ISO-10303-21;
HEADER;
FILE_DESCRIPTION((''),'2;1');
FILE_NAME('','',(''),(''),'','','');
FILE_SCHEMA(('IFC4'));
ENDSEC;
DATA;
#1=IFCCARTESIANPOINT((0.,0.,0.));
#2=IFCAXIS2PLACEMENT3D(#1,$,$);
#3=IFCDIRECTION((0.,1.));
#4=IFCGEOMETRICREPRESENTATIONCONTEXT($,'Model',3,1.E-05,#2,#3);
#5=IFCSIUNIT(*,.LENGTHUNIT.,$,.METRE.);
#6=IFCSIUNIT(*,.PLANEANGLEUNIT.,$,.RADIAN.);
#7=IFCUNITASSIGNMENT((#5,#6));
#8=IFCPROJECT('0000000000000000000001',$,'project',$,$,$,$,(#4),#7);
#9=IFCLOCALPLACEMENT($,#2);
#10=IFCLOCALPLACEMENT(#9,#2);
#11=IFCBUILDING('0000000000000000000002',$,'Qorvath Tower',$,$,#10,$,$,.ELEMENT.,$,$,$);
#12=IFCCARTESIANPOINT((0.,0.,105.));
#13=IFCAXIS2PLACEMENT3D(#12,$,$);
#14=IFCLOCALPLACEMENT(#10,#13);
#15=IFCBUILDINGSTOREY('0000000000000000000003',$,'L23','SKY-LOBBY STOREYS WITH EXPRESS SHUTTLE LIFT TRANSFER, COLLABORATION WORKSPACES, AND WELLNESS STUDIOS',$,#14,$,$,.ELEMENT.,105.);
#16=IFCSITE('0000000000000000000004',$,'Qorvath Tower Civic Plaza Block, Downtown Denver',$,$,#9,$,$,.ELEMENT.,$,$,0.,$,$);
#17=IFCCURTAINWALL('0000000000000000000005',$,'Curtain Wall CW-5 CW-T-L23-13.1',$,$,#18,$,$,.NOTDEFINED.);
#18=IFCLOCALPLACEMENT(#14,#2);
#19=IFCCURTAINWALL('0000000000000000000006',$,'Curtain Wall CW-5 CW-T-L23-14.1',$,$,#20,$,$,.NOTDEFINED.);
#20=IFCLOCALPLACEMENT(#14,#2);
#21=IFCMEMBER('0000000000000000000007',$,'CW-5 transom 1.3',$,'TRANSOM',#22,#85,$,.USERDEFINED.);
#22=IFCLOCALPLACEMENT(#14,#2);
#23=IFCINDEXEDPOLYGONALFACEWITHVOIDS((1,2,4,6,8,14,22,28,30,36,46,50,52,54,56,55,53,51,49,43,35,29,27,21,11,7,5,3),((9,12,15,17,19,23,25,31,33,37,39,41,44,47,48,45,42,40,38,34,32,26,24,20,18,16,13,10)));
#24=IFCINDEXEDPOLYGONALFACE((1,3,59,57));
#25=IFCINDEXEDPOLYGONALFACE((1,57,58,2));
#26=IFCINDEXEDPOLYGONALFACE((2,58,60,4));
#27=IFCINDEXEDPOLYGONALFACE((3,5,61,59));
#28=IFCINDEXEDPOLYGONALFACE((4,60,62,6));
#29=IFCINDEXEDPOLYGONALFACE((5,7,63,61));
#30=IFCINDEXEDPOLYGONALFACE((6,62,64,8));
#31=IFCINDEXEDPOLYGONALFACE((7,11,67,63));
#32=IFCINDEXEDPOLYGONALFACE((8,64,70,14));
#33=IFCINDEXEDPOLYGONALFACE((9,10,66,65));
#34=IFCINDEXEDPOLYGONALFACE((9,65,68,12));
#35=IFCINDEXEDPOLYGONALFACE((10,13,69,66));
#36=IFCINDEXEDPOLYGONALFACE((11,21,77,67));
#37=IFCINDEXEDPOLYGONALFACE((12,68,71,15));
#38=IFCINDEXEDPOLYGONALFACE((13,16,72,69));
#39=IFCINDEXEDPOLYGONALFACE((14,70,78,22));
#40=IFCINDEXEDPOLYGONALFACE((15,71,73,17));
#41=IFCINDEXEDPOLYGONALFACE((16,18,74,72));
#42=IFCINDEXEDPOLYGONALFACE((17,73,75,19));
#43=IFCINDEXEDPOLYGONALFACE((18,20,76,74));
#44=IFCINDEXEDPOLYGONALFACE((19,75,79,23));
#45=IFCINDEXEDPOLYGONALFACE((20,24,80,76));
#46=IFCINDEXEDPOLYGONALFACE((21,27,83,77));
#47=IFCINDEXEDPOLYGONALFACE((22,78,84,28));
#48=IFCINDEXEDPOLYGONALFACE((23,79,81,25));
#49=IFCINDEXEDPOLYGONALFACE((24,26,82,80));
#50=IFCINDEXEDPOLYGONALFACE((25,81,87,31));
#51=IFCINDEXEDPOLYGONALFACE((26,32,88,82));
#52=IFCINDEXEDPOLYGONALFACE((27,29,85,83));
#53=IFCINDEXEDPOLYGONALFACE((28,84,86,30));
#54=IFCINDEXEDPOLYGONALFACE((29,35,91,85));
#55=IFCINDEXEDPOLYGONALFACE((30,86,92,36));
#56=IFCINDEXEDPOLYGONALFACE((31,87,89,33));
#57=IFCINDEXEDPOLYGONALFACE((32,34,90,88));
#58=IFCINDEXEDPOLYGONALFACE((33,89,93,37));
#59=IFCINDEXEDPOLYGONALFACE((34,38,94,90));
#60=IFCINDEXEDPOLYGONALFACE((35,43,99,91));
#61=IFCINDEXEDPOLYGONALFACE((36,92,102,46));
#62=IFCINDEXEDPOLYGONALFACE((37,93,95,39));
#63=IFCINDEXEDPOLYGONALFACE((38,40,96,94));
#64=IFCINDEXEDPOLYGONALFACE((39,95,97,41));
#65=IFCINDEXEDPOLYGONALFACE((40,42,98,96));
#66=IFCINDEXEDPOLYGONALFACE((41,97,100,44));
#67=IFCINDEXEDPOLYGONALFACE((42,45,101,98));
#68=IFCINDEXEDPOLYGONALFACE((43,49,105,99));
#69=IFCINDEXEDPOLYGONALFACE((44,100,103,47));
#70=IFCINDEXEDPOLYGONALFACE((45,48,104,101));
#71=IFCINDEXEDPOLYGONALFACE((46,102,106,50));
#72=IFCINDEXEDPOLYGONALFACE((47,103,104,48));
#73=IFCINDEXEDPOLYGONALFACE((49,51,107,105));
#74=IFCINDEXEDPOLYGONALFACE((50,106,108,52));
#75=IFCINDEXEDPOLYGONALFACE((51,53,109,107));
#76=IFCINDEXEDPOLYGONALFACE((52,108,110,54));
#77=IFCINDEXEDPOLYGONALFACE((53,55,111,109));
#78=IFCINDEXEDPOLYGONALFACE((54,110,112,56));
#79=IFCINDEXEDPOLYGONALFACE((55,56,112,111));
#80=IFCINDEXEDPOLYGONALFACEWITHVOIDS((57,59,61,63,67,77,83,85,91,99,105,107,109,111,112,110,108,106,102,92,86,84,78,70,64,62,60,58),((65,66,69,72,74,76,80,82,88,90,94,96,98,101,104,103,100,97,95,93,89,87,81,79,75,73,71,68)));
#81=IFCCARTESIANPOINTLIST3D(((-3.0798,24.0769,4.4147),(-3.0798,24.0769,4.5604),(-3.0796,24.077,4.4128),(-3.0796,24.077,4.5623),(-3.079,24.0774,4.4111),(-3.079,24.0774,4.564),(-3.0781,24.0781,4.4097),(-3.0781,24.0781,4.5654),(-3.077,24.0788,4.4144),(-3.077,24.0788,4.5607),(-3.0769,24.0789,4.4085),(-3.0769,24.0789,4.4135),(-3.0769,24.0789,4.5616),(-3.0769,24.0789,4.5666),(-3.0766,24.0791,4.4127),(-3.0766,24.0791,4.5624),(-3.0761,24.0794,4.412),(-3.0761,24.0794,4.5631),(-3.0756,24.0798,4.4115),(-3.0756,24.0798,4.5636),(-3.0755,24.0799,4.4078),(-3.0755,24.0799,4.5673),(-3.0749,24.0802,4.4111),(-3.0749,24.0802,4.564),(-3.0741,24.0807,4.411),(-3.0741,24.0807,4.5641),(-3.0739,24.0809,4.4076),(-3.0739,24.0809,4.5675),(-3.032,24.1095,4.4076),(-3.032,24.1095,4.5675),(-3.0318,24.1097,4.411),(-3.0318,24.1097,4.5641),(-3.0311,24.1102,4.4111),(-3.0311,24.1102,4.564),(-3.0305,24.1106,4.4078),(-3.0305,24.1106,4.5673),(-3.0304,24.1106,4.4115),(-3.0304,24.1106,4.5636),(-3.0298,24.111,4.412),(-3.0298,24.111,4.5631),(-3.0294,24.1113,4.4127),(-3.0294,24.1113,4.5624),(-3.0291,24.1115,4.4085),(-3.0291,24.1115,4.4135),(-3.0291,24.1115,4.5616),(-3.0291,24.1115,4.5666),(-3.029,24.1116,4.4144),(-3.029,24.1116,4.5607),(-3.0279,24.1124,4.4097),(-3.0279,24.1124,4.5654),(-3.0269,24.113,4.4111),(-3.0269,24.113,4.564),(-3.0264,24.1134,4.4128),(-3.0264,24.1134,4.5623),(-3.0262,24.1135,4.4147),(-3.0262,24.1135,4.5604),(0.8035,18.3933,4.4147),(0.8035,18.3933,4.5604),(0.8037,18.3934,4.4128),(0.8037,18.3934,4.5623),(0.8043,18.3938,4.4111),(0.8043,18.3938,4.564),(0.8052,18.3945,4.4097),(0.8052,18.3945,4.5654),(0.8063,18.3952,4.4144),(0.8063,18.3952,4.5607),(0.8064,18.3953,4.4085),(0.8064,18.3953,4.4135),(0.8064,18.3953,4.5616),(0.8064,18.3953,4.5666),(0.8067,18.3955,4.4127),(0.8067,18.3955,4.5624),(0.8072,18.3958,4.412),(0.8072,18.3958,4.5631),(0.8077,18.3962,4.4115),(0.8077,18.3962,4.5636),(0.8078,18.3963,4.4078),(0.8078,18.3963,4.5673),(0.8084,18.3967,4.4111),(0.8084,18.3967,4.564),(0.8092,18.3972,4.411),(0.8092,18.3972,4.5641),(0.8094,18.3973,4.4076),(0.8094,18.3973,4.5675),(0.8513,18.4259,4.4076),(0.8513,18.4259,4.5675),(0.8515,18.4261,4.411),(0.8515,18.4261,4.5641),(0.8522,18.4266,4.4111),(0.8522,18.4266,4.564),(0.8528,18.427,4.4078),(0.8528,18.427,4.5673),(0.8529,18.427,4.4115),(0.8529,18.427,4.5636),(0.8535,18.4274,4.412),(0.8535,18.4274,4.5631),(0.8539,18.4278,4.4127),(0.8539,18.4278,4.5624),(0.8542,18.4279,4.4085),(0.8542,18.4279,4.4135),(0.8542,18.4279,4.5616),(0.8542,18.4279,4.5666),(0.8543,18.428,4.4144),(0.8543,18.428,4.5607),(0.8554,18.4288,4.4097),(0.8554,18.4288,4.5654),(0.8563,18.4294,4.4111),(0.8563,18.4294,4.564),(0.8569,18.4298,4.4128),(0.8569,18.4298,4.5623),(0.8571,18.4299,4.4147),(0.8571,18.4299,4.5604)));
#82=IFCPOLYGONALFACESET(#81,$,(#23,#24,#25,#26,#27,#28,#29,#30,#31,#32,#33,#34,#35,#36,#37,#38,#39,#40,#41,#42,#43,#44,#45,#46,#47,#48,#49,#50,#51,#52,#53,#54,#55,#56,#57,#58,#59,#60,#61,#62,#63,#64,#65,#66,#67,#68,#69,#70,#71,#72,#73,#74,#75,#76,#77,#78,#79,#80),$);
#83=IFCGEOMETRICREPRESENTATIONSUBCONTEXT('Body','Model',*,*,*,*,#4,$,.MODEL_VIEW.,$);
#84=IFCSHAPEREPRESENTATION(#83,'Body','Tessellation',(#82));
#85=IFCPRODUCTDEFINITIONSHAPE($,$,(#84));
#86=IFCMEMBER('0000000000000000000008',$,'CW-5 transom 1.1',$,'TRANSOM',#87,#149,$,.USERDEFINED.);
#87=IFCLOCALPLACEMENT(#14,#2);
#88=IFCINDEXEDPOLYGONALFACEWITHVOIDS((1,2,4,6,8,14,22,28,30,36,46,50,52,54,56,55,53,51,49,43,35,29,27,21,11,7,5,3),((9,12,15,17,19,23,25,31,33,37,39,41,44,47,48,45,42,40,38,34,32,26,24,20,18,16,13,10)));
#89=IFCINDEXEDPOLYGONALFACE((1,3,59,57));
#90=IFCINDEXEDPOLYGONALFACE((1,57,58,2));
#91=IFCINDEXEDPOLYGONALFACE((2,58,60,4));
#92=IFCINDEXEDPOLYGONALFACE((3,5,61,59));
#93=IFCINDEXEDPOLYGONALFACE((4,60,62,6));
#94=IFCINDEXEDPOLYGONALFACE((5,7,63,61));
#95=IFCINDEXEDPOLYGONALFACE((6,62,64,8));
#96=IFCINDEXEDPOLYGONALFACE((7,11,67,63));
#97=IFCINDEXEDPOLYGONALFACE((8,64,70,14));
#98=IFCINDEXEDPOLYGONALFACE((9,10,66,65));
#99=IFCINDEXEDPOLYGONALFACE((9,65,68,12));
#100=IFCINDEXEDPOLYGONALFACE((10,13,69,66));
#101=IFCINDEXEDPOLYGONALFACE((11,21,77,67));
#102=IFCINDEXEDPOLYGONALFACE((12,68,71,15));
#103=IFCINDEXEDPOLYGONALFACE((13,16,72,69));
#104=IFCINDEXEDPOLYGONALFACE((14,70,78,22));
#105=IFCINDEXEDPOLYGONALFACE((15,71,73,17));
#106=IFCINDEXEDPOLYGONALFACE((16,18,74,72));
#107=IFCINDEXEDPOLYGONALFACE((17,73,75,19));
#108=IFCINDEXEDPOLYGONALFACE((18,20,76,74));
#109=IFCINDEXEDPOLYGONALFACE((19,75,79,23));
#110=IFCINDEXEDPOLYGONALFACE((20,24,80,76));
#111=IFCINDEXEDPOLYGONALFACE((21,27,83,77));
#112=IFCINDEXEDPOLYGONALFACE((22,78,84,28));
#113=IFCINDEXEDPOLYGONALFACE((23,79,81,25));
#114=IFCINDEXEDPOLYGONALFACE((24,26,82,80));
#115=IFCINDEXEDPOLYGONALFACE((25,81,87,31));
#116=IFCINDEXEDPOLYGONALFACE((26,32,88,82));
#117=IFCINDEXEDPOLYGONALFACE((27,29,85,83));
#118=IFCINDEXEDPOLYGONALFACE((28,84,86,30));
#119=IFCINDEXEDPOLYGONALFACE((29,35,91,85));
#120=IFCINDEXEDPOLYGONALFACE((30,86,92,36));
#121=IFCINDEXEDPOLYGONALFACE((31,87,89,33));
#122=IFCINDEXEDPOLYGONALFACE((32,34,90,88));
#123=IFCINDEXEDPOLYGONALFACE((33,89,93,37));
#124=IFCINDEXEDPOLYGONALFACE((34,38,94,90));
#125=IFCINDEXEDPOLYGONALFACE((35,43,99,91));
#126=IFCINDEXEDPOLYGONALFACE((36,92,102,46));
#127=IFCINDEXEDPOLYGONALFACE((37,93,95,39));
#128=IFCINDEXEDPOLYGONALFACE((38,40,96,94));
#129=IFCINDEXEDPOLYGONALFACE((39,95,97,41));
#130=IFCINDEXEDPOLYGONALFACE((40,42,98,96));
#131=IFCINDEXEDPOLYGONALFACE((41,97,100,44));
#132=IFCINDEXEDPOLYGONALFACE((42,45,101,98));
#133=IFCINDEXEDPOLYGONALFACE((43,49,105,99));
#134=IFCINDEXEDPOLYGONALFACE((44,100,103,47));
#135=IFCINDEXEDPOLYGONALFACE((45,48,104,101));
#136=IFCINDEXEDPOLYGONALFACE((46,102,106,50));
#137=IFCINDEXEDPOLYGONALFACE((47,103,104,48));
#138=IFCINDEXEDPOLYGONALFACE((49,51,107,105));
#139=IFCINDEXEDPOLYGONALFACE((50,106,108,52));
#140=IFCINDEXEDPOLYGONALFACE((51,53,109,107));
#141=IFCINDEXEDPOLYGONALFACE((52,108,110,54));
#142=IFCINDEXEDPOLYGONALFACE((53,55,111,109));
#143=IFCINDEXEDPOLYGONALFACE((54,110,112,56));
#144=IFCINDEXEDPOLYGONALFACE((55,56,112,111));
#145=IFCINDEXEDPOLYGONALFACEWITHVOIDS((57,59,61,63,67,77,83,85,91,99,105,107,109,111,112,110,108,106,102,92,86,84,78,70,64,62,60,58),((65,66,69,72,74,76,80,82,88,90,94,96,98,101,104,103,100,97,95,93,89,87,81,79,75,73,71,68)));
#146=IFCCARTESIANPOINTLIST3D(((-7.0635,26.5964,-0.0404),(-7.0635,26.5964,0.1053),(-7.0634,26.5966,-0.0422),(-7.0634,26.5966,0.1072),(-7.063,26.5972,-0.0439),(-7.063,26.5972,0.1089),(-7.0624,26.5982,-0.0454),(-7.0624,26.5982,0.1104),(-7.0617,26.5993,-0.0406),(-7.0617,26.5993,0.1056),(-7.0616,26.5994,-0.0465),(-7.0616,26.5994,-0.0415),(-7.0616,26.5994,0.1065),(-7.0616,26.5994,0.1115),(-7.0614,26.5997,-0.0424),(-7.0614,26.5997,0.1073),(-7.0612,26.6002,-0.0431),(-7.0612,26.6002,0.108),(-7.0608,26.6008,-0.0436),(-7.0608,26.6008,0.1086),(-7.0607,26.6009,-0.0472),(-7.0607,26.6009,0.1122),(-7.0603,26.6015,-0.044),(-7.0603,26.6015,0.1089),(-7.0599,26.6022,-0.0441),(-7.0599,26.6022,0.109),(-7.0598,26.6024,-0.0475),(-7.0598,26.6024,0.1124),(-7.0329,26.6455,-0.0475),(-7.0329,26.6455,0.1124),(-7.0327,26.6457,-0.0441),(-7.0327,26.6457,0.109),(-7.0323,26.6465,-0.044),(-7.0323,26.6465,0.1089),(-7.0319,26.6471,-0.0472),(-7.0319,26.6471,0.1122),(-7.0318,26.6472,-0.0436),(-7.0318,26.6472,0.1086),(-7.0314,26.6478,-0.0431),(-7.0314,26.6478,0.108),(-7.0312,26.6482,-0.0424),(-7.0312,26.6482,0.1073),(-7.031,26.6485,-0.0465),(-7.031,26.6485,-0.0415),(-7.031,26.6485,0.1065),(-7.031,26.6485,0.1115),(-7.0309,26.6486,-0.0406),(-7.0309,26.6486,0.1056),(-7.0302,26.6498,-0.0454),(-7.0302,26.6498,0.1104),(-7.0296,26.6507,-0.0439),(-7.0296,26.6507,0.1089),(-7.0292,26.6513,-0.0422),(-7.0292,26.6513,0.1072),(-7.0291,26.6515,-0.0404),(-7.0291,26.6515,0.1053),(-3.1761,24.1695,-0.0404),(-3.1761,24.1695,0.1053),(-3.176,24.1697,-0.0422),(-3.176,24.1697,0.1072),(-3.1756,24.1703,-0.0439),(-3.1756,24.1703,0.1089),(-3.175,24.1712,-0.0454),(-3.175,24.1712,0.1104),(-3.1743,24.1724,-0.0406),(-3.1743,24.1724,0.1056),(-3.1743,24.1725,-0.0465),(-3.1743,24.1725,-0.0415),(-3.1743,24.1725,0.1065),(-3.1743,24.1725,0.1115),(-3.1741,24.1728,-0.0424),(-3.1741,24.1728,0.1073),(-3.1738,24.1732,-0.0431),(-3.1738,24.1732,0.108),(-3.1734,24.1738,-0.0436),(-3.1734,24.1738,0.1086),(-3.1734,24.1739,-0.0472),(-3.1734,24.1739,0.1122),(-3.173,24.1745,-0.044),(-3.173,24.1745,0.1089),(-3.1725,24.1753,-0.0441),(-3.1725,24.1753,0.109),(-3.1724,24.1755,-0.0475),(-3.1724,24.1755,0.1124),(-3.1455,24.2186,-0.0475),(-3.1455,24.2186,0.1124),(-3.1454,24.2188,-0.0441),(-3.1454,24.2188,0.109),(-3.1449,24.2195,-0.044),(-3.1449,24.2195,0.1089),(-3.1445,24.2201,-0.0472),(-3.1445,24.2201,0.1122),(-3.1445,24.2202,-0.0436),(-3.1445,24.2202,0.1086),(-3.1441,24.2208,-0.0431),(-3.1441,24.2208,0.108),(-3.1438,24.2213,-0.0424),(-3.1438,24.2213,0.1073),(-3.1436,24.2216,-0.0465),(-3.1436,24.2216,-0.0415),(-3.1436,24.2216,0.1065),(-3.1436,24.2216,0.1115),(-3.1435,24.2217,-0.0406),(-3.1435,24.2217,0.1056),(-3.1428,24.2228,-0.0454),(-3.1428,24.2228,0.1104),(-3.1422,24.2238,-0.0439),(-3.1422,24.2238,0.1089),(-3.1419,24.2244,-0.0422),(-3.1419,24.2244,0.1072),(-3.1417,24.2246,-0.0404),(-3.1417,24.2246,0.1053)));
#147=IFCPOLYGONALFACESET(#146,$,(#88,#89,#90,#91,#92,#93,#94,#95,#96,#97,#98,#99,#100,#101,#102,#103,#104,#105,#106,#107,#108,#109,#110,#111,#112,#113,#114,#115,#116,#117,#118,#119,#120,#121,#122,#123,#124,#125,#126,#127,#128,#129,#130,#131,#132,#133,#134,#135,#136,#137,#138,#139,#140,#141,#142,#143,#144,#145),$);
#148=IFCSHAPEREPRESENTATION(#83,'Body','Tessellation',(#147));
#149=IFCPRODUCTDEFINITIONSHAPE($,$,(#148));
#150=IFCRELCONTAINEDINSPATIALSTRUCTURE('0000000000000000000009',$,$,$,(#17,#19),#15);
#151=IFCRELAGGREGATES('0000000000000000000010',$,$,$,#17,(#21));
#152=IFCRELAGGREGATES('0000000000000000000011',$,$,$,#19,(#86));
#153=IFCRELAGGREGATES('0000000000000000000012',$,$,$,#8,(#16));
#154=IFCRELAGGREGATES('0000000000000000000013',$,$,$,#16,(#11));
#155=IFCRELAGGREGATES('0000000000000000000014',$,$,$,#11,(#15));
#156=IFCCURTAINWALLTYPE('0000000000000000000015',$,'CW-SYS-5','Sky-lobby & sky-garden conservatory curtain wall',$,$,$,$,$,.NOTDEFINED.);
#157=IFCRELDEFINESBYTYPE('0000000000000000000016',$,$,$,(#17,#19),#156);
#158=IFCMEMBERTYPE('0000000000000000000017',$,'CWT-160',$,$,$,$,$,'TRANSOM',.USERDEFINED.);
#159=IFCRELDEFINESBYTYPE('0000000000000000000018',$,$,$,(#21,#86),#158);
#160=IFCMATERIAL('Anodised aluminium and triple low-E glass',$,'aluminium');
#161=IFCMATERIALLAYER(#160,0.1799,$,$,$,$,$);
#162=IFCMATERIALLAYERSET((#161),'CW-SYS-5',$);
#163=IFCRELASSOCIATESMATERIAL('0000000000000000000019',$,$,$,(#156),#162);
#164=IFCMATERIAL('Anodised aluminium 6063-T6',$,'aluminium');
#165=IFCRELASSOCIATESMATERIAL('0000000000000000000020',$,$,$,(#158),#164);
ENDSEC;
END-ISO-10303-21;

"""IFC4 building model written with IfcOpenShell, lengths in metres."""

from ifc_helpers import new_model, si_unit, direction, frame, origin, origin_2d, place, context, subcontext, project, spatial, hollow_rectangle, extrude, material, layer, layer_set, material_profile, profile_set, type_object, element, aggregate, save


model = new_model("IFC4")

# Units and contexts
model_context = context("Model", 3, precision=1e-05, world=origin(), true_north=direction((0.0, 1.0)))
body_context = subcontext(model_context, "Body", "Model", "MODEL_VIEW")
ifc_project = project(units=[si_unit("LENGTHUNIT", "METRE"), si_unit("PLANEANGLEUNIT", "RADIAN")], contexts=[model_context])

# Site, building, storey
site_placement = place(None, origin())
site = spatial("IfcSite", under=ifc_project, at=site_placement, Name="Qorvath Tower Civic Plaza Block, Downtown Denver", CompositionType="ELEMENT", RefElevation=0.0)
building_placement = place(site_placement, origin())
building = spatial("IfcBuilding", under=site, at=building_placement, Name="Qorvath Tower", CompositionType="ELEMENT")
storey_placement = place(building_placement, frame((0.0, 0.0, 105.0)))
storey = spatial("IfcBuildingStorey", under=building, at=storey_placement, Name="L23", Description="SKY-LOBBY STOREYS WITH EXPRESS SHUTTLE LIFT TRANSFER, COLLABORATION WORKSPACES, AND WELLNESS STUDIOS", CompositionType="ELEMENT", Elevation=105.0)

# Shared definitions
ifc_material_1 = material(Name="Anodised aluminium and triple low-E glass", Category="aluminium")
ifc_layer_1 = layer(ifc_material_1, 0.1799)
ifc_layer_set_1 = layer_set([ifc_layer_1], Name="CW-SYS-5")
curtain_wall_type = type_object("IfcCurtainWallType", Name="CW-SYS-5", Description="Sky-lobby & sky-garden conservatory curtain wall", PredefinedType="NOTDEFINED", material=ifc_layer_set_1)

# Curtain walls
curtain_wall_1_placement = place(storey_placement, origin())
curtain_wall_1 = element("IfcCurtainWall", 1, at=curtain_wall_1_placement, inside=storey, type_object=curtain_wall_type, Name="Curtain Wall CW-5 CW-T-L23-13.1", PredefinedType="NOTDEFINED")
curtain_wall_2_placement = place(storey_placement, origin())
curtain_wall_2 = element("IfcCurtainWall", 2, at=curtain_wall_2_placement, inside=storey, type_object=curtain_wall_type, Name="Curtain Wall CW-5 CW-T-L23-14.1", PredefinedType="NOTDEFINED")

# Members
ifc_material_2 = material(Name="Anodised aluminium 6063-T6", Category="aluminium")
ifc_material_profile_1 = material_profile(ifc_material_2, hollow_rectangle(XDim=0.0649, YDim=0.1599, WallThickness=0.0034, InnerFilletRadius=0.0034, OuterFilletRadius=0.0071, at=origin_2d()), Name="CWT 160x65")
ifc_profile_set_1 = profile_set([ifc_material_profile_1], Name="Anodised aluminium 6063-T6")
member_type_1 = type_object("IfcMemberType", Name="CWT-160", ElementType="TRANSOM", PredefinedType="USERDEFINED", material=ifc_profile_set_1)
member_1_placement = place(storey_placement, frame((0.8303, 18.4116, 4.4875), z_axis=(-0.564142, 0.825678, 0.0), x_axis=(-0.825678, -0.564142, 0.0)))
member_1 = element("IfcMember", 3, at=member_1_placement, type_object=member_type_1, Name="CW-5 transom 1.3", ObjectType="TRANSOM", PredefinedType="USERDEFINED", context=body_context, shape_type="SweptSolid", body=[
    extrude(hollow_rectangle(XDim=0.0649, YDim=0.1599, WallThickness=0.0034, InnerFilletRadius=0.0034, OuterFilletRadius=0.0071, at=origin_2d()), origin(), (0.0, 0.0, 1.0), 6.8835),
])
member_2_placement = place(storey_placement, frame((-3.1589, 24.197, 0.0325), z_axis=(-0.848259, 0.529582, 0.0), x_axis=(-0.529582, -0.848259, 0.0)))
member_2 = element("IfcMember", 4, at=member_2_placement, type_object=member_type_1, Name="CW-5 transom 1.1", ObjectType="TRANSOM", PredefinedType="USERDEFINED", context=body_context, shape_type="SweptSolid", body=[
    extrude(hollow_rectangle(XDim=0.0649, YDim=0.1599, WallThickness=0.0034, InnerFilletRadius=0.0034, OuterFilletRadius=0.0071, at=origin_2d()), origin(), (0.0, 0.0, 1.0), 4.5828),
])

aggregate(curtain_wall_1, [member_1])
aggregate(curtain_wall_2, [member_2])

save(model, "model.ifc")
